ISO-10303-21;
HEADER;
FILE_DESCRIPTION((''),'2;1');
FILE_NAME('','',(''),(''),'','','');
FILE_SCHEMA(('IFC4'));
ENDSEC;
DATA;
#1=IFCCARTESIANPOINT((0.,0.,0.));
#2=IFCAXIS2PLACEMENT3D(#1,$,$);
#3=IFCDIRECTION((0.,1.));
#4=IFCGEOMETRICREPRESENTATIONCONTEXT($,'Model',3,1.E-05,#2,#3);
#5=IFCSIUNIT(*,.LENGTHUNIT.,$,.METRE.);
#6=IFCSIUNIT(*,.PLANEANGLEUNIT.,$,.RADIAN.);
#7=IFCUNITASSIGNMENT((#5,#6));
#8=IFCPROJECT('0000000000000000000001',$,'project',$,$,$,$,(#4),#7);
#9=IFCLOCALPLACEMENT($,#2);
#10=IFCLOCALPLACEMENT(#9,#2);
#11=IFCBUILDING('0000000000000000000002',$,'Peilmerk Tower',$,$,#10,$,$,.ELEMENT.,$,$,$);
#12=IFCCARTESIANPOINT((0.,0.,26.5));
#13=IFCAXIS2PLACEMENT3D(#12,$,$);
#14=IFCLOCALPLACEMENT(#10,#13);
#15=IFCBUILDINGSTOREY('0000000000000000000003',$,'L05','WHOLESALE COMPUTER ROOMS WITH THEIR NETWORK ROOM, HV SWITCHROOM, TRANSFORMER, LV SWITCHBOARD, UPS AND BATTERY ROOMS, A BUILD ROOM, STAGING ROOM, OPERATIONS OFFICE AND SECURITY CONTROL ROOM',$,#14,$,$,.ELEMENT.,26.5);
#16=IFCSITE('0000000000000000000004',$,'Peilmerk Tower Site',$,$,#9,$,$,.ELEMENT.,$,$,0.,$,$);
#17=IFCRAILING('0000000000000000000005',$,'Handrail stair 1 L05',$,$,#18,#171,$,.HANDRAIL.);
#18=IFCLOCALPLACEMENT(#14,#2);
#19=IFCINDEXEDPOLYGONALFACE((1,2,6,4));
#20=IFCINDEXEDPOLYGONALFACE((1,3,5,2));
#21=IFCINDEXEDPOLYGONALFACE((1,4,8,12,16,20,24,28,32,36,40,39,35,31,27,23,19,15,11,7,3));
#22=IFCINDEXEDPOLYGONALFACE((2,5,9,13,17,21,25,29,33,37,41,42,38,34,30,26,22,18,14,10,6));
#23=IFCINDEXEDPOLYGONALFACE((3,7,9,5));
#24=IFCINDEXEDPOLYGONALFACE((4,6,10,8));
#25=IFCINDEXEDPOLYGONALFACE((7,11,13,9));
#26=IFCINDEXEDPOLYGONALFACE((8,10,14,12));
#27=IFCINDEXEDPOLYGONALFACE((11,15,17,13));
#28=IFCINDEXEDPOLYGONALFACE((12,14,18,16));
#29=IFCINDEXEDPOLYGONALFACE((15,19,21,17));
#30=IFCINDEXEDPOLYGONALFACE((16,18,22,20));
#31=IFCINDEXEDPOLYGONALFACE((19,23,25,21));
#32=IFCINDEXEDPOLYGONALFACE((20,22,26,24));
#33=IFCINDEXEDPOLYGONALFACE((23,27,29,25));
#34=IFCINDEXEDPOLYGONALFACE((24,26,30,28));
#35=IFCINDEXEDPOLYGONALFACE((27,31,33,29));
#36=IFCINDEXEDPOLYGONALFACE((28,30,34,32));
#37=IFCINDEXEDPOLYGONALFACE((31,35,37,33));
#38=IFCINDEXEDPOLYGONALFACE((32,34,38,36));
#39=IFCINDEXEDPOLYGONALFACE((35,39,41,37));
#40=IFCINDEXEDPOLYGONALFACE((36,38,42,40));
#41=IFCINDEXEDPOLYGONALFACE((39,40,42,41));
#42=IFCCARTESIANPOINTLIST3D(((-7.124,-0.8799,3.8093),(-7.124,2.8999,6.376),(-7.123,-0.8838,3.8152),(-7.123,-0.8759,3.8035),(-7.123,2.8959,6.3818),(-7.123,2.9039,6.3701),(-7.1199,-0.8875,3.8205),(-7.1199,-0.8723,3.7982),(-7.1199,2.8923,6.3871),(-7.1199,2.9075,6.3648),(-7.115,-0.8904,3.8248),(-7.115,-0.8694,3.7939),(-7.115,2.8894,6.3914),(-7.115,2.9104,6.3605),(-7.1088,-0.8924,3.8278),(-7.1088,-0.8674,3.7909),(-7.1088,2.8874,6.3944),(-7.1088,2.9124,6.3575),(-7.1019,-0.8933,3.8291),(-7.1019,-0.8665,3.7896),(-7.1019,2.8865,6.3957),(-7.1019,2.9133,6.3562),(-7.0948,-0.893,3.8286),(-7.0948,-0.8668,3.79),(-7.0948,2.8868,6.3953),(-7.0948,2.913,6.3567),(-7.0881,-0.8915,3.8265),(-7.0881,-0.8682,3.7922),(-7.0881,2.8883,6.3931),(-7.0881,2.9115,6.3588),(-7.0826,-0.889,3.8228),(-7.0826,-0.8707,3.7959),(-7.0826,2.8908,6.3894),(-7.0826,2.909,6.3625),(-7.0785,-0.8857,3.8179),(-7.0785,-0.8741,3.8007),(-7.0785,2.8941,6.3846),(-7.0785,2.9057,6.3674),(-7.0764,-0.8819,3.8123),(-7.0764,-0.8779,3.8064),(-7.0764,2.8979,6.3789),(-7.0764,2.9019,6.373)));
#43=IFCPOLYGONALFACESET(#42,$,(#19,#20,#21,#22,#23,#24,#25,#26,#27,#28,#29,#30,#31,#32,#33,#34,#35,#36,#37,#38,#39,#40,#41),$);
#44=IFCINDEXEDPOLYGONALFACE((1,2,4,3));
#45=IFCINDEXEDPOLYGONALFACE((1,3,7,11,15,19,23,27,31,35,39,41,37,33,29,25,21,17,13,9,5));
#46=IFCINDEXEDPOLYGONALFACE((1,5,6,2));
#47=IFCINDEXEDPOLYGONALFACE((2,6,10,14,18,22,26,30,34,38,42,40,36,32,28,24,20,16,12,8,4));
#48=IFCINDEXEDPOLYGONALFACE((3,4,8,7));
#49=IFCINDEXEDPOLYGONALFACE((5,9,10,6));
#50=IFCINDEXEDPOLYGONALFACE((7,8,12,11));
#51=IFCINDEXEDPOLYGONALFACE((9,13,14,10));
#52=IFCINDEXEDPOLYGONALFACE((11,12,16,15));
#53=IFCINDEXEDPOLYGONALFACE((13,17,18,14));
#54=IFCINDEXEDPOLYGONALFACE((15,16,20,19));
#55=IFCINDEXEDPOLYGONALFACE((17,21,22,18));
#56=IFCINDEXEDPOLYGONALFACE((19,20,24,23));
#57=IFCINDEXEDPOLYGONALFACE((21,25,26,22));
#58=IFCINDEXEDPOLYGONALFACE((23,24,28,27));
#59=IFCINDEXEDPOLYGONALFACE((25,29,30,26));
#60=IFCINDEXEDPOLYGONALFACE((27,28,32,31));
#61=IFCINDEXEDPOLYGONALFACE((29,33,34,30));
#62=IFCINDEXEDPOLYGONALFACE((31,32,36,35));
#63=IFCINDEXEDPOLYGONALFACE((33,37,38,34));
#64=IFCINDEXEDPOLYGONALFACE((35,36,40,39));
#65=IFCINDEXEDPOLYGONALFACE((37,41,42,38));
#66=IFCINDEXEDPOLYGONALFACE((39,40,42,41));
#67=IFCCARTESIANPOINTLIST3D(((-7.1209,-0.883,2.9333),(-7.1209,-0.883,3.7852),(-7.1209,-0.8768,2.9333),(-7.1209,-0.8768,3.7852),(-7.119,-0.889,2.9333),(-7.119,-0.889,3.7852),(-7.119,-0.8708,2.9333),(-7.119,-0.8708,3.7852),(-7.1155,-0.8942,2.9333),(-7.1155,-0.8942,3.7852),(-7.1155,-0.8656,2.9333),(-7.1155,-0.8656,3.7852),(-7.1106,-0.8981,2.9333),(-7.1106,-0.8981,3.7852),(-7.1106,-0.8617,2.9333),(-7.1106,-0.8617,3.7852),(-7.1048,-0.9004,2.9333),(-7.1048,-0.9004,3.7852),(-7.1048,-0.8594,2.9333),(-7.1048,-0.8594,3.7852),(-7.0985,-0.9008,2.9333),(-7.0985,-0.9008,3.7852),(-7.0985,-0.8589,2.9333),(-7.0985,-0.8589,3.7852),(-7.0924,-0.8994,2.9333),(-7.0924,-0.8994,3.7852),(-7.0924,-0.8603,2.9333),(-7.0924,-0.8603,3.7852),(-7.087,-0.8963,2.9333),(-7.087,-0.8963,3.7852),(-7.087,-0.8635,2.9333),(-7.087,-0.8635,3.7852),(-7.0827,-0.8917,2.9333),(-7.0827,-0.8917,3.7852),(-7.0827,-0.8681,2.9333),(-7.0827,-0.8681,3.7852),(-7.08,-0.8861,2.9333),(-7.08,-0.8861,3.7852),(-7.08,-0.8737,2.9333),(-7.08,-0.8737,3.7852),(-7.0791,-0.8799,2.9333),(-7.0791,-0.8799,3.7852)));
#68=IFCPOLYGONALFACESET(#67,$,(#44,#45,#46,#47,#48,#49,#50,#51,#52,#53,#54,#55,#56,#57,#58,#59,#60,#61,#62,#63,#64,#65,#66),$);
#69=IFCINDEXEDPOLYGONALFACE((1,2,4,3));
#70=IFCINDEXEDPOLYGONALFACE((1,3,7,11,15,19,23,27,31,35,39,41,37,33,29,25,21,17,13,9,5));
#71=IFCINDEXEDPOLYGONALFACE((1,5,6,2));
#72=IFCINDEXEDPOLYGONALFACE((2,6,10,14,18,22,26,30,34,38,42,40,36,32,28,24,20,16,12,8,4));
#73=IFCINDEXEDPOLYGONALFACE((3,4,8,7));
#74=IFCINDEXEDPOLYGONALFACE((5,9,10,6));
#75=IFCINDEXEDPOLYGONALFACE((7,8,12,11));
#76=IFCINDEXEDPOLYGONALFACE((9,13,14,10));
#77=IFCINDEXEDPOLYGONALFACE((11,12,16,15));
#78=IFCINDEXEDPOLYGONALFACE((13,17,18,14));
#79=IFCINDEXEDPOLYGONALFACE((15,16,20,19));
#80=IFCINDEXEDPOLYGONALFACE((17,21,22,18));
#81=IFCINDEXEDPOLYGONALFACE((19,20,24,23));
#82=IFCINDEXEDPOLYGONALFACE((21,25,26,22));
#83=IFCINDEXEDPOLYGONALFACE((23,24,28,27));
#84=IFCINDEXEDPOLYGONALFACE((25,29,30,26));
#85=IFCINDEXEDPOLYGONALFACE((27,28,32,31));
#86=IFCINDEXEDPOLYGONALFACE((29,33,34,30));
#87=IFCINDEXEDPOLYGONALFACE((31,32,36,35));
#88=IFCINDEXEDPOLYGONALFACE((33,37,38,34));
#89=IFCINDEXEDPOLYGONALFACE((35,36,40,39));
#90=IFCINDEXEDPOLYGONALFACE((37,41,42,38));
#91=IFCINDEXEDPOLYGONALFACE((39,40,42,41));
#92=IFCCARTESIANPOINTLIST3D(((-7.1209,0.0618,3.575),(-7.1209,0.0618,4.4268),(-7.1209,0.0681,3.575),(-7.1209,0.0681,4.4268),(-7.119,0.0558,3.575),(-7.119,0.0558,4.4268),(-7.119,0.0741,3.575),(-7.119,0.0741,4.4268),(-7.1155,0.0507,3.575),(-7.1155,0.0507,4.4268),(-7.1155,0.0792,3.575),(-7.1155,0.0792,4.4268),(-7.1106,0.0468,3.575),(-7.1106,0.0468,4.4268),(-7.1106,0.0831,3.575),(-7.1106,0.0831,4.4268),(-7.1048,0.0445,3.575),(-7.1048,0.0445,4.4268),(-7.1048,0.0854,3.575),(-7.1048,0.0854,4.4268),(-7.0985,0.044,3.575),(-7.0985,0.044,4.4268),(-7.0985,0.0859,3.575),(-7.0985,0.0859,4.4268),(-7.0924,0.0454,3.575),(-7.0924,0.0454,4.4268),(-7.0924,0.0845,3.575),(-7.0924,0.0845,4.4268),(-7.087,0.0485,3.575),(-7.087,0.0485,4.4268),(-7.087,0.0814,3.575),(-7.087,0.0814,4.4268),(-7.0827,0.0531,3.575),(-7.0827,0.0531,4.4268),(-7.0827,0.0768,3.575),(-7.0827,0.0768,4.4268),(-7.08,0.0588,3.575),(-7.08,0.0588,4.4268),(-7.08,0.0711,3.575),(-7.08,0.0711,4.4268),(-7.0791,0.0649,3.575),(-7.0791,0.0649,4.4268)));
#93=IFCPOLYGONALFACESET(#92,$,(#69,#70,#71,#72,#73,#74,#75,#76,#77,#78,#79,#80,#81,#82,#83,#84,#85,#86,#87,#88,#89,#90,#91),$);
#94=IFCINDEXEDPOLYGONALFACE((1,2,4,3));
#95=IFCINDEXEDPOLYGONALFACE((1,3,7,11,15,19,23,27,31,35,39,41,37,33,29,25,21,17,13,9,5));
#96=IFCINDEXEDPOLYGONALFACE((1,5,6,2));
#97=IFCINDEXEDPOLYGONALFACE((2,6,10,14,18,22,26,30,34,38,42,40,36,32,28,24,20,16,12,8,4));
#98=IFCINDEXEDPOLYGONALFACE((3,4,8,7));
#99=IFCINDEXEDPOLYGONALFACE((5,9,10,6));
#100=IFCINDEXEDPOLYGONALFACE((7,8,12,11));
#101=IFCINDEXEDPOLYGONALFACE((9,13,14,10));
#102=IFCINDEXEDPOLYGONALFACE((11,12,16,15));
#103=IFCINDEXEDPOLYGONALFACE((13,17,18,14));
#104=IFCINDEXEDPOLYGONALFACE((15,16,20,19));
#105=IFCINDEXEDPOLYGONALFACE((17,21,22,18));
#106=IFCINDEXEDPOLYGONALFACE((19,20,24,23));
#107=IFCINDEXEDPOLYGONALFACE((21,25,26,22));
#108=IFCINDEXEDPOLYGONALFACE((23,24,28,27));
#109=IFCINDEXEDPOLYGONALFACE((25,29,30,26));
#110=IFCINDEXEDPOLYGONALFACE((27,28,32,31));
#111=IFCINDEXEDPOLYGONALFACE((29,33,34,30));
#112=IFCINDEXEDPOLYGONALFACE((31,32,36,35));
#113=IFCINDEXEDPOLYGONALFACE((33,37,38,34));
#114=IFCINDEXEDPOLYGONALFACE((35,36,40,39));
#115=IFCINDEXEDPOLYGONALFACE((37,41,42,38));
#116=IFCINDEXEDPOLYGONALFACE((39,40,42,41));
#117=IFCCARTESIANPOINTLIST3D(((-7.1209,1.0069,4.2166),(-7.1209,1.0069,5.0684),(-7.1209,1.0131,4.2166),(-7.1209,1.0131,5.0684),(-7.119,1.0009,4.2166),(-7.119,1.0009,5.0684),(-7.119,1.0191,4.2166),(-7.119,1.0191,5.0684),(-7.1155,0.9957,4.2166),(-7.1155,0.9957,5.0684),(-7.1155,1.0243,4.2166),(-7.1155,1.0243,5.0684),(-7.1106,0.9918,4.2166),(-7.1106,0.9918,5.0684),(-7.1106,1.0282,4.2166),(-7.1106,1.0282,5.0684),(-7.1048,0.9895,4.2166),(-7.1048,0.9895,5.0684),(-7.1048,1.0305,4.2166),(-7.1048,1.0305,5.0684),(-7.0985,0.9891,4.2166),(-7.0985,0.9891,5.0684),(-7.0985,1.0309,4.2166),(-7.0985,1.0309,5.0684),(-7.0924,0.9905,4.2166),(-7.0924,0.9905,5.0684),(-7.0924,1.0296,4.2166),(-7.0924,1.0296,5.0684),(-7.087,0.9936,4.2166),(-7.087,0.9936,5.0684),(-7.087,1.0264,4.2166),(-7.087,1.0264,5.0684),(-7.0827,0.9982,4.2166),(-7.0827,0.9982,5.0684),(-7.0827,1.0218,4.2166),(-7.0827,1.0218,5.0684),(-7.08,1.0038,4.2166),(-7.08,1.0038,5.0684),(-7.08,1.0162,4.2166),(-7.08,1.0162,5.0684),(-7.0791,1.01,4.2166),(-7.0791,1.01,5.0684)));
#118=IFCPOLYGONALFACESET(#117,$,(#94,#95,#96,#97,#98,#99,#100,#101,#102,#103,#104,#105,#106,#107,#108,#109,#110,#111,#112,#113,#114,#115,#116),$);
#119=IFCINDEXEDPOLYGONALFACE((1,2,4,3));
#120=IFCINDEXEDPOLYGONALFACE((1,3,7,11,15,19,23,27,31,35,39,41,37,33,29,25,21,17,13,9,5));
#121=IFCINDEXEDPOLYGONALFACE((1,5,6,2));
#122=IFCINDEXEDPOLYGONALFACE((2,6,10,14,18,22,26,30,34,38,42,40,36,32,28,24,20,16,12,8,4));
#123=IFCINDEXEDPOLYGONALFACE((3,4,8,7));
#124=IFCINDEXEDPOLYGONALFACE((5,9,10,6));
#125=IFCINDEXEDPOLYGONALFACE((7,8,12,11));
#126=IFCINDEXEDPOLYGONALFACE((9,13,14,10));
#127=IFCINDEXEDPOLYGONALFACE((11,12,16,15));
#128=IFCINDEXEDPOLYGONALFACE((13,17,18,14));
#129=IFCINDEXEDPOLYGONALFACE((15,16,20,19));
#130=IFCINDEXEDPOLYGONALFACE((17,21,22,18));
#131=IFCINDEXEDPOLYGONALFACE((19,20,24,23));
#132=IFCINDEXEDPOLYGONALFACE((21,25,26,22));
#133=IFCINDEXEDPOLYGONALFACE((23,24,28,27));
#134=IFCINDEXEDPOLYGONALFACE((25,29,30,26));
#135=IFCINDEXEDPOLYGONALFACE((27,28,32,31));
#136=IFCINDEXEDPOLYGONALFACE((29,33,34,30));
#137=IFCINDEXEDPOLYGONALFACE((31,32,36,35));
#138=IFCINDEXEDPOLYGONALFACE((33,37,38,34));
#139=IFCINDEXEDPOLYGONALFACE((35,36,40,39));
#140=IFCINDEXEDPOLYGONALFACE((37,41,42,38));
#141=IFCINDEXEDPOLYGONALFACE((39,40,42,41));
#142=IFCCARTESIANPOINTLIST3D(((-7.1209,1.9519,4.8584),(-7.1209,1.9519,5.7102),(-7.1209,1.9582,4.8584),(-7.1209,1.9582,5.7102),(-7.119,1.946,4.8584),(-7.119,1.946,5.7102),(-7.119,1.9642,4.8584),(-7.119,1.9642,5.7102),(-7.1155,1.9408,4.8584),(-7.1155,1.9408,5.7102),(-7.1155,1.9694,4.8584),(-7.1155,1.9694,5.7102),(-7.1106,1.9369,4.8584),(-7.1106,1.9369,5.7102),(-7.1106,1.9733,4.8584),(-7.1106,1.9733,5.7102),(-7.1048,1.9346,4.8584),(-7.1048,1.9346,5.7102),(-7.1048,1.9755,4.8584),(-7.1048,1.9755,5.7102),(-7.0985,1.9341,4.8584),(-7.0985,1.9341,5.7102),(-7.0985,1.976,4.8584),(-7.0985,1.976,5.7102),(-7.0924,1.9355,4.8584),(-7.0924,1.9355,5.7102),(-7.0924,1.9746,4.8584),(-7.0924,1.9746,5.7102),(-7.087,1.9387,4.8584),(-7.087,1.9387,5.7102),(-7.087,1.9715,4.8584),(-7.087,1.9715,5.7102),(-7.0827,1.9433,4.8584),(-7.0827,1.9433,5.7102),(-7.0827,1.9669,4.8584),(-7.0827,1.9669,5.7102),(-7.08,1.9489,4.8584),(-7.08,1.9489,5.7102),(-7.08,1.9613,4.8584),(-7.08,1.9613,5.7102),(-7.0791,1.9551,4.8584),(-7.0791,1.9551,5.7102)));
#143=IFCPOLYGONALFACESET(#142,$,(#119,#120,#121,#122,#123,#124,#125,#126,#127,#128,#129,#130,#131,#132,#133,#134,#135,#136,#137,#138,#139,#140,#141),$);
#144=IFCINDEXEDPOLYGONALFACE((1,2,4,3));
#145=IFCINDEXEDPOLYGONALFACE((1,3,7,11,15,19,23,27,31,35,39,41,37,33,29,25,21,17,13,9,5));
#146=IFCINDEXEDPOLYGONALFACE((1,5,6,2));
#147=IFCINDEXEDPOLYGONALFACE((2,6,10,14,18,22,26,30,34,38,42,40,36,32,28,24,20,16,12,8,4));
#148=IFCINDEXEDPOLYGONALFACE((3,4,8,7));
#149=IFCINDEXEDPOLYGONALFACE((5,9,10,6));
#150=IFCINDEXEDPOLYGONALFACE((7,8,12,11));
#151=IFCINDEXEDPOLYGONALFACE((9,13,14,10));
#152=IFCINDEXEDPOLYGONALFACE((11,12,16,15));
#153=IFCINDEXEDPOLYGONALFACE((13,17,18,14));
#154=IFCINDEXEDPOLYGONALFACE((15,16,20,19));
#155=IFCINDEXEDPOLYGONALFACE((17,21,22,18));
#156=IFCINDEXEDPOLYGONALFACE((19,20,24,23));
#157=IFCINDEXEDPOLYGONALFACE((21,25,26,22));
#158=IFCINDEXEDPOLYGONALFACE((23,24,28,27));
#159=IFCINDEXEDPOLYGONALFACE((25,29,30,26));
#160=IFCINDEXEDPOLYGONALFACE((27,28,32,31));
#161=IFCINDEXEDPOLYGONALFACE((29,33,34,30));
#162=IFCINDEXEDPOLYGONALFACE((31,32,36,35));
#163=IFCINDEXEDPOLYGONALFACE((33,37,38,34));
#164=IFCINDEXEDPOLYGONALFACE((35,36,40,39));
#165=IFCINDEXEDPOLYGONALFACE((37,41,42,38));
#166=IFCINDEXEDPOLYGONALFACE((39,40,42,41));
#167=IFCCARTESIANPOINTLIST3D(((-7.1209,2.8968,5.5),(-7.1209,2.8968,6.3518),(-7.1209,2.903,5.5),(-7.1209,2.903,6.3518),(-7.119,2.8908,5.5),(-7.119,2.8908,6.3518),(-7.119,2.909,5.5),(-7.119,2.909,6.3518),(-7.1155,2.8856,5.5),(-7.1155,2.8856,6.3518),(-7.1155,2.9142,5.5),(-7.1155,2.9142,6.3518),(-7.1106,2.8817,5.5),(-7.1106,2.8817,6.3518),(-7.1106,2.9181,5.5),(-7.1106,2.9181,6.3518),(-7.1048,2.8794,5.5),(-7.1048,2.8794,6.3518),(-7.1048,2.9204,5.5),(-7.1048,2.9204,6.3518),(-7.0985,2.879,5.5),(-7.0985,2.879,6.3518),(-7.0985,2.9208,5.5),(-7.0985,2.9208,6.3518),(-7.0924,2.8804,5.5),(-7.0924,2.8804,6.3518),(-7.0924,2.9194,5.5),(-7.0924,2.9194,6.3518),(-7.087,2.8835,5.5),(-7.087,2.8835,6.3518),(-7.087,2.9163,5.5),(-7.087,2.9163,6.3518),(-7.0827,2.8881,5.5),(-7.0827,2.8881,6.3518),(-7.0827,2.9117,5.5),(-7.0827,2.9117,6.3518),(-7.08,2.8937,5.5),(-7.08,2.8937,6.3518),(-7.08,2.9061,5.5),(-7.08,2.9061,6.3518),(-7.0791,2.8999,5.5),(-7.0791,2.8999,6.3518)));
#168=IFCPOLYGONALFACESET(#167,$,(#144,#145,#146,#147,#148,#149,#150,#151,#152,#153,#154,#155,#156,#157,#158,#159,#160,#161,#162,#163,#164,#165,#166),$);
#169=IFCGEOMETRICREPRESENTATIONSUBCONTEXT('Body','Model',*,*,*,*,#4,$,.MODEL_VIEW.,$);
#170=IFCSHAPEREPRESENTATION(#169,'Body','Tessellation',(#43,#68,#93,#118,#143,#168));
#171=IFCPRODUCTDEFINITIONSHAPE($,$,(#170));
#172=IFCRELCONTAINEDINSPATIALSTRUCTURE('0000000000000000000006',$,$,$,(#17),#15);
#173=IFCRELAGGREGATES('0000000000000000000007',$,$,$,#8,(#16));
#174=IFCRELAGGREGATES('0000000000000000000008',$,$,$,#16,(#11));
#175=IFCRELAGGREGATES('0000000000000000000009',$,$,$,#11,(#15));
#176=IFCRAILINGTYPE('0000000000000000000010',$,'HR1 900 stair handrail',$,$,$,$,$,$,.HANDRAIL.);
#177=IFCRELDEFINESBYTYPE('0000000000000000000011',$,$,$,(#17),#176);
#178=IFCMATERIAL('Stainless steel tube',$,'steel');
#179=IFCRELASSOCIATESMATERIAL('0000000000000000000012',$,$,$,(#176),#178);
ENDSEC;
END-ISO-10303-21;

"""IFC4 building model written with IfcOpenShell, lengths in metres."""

from ifc_helpers import new_model, si_unit, direction, frame, origin, origin_2d, place, context, subcontext, project, spatial, circle, extrude, material, type_object, element, save


model = new_model("IFC4")

# Units and contexts
model_context = context("Model", 3, precision=1e-05, world=origin(), true_north=direction((0.0, 1.0)))
body_context = subcontext(model_context, "Body", "Model", "MODEL_VIEW")
ifc_project = project(units=[si_unit("LENGTHUNIT", "METRE"), si_unit("PLANEANGLEUNIT", "RADIAN")], contexts=[model_context])

# Site, building, storey
site_placement = place(None, origin())
site = spatial("IfcSite", under=ifc_project, at=site_placement, Name="Peilmerk Tower Site", CompositionType="ELEMENT", RefElevation=0.0)
building_placement = place(site_placement, origin())
building = spatial("IfcBuilding", under=site, at=building_placement, Name="Peilmerk Tower", CompositionType="ELEMENT")
storey_placement = place(building_placement, frame((0.0, 0.0, 26.5)))
storey = spatial("IfcBuildingStorey", under=building, at=storey_placement, Name="L05", Description="WHOLESALE COMPUTER ROOMS WITH THEIR NETWORK ROOM, HV SWITCHROOM, TRANSFORMER, LV SWITCHBOARD, UPS AND BATTERY ROOMS, A BUILD ROOM, STAGING ROOM, OPERATIONS OFFICE AND SECURITY CONTROL ROOM", CompositionType="ELEMENT", Elevation=26.5)

# Railing
ifc_material_1 = material(Name="Stainless steel tube", Category="steel")
railing_type_1 = type_object("IfcRailingType", Name="HR1 900 stair handrail", PredefinedType="HANDRAIL", material=ifc_material_1)
railing_1_placement = place(storey_placement, frame((-7.1001, -0.8799, 2.9333)))
element("IfcRailing", 1, at=railing_1_placement, inside=storey, type_object=railing_type_1, Name="Handrail stair 1 L05", PredefinedType="HANDRAIL", context=body_context, shape_type="SweptSolid", body=[
    extrude(circle(Radius=0.0239, at=origin_2d()), frame((0.0, 0.0, 0.876), z_axis=(0.0, 0.827293, 0.561771), x_axis=(-1.0, 0.0, 0.0)), (0.0, 0.0, 1.0), 4.5688),
    extrude(circle(Radius=0.021, at=origin_2d()), origin(), (0.0, 0.0, 1.0), 0.8518),
    extrude(circle(Radius=0.021, at=origin_2d()), frame((0.0, 0.9448, 0.6416)), (0.0, 0.0, 1.0), 0.8518),
    extrude(circle(Radius=0.021, at=origin_2d()), frame((0.0, 1.8899, 1.2832)), (0.0, 0.0, 1.0), 0.8518),
    extrude(circle(Radius=0.021, at=origin_2d()), frame((0.0, 2.835, 1.925)), (0.0, 0.0, 1.0), 0.8518),
    extrude(circle(Radius=0.021, at=origin_2d()), frame((0.0, 3.7798, 2.5667)), (0.0, 0.0, 1.0), 0.8518),
])

save(model, "model.ifc")
